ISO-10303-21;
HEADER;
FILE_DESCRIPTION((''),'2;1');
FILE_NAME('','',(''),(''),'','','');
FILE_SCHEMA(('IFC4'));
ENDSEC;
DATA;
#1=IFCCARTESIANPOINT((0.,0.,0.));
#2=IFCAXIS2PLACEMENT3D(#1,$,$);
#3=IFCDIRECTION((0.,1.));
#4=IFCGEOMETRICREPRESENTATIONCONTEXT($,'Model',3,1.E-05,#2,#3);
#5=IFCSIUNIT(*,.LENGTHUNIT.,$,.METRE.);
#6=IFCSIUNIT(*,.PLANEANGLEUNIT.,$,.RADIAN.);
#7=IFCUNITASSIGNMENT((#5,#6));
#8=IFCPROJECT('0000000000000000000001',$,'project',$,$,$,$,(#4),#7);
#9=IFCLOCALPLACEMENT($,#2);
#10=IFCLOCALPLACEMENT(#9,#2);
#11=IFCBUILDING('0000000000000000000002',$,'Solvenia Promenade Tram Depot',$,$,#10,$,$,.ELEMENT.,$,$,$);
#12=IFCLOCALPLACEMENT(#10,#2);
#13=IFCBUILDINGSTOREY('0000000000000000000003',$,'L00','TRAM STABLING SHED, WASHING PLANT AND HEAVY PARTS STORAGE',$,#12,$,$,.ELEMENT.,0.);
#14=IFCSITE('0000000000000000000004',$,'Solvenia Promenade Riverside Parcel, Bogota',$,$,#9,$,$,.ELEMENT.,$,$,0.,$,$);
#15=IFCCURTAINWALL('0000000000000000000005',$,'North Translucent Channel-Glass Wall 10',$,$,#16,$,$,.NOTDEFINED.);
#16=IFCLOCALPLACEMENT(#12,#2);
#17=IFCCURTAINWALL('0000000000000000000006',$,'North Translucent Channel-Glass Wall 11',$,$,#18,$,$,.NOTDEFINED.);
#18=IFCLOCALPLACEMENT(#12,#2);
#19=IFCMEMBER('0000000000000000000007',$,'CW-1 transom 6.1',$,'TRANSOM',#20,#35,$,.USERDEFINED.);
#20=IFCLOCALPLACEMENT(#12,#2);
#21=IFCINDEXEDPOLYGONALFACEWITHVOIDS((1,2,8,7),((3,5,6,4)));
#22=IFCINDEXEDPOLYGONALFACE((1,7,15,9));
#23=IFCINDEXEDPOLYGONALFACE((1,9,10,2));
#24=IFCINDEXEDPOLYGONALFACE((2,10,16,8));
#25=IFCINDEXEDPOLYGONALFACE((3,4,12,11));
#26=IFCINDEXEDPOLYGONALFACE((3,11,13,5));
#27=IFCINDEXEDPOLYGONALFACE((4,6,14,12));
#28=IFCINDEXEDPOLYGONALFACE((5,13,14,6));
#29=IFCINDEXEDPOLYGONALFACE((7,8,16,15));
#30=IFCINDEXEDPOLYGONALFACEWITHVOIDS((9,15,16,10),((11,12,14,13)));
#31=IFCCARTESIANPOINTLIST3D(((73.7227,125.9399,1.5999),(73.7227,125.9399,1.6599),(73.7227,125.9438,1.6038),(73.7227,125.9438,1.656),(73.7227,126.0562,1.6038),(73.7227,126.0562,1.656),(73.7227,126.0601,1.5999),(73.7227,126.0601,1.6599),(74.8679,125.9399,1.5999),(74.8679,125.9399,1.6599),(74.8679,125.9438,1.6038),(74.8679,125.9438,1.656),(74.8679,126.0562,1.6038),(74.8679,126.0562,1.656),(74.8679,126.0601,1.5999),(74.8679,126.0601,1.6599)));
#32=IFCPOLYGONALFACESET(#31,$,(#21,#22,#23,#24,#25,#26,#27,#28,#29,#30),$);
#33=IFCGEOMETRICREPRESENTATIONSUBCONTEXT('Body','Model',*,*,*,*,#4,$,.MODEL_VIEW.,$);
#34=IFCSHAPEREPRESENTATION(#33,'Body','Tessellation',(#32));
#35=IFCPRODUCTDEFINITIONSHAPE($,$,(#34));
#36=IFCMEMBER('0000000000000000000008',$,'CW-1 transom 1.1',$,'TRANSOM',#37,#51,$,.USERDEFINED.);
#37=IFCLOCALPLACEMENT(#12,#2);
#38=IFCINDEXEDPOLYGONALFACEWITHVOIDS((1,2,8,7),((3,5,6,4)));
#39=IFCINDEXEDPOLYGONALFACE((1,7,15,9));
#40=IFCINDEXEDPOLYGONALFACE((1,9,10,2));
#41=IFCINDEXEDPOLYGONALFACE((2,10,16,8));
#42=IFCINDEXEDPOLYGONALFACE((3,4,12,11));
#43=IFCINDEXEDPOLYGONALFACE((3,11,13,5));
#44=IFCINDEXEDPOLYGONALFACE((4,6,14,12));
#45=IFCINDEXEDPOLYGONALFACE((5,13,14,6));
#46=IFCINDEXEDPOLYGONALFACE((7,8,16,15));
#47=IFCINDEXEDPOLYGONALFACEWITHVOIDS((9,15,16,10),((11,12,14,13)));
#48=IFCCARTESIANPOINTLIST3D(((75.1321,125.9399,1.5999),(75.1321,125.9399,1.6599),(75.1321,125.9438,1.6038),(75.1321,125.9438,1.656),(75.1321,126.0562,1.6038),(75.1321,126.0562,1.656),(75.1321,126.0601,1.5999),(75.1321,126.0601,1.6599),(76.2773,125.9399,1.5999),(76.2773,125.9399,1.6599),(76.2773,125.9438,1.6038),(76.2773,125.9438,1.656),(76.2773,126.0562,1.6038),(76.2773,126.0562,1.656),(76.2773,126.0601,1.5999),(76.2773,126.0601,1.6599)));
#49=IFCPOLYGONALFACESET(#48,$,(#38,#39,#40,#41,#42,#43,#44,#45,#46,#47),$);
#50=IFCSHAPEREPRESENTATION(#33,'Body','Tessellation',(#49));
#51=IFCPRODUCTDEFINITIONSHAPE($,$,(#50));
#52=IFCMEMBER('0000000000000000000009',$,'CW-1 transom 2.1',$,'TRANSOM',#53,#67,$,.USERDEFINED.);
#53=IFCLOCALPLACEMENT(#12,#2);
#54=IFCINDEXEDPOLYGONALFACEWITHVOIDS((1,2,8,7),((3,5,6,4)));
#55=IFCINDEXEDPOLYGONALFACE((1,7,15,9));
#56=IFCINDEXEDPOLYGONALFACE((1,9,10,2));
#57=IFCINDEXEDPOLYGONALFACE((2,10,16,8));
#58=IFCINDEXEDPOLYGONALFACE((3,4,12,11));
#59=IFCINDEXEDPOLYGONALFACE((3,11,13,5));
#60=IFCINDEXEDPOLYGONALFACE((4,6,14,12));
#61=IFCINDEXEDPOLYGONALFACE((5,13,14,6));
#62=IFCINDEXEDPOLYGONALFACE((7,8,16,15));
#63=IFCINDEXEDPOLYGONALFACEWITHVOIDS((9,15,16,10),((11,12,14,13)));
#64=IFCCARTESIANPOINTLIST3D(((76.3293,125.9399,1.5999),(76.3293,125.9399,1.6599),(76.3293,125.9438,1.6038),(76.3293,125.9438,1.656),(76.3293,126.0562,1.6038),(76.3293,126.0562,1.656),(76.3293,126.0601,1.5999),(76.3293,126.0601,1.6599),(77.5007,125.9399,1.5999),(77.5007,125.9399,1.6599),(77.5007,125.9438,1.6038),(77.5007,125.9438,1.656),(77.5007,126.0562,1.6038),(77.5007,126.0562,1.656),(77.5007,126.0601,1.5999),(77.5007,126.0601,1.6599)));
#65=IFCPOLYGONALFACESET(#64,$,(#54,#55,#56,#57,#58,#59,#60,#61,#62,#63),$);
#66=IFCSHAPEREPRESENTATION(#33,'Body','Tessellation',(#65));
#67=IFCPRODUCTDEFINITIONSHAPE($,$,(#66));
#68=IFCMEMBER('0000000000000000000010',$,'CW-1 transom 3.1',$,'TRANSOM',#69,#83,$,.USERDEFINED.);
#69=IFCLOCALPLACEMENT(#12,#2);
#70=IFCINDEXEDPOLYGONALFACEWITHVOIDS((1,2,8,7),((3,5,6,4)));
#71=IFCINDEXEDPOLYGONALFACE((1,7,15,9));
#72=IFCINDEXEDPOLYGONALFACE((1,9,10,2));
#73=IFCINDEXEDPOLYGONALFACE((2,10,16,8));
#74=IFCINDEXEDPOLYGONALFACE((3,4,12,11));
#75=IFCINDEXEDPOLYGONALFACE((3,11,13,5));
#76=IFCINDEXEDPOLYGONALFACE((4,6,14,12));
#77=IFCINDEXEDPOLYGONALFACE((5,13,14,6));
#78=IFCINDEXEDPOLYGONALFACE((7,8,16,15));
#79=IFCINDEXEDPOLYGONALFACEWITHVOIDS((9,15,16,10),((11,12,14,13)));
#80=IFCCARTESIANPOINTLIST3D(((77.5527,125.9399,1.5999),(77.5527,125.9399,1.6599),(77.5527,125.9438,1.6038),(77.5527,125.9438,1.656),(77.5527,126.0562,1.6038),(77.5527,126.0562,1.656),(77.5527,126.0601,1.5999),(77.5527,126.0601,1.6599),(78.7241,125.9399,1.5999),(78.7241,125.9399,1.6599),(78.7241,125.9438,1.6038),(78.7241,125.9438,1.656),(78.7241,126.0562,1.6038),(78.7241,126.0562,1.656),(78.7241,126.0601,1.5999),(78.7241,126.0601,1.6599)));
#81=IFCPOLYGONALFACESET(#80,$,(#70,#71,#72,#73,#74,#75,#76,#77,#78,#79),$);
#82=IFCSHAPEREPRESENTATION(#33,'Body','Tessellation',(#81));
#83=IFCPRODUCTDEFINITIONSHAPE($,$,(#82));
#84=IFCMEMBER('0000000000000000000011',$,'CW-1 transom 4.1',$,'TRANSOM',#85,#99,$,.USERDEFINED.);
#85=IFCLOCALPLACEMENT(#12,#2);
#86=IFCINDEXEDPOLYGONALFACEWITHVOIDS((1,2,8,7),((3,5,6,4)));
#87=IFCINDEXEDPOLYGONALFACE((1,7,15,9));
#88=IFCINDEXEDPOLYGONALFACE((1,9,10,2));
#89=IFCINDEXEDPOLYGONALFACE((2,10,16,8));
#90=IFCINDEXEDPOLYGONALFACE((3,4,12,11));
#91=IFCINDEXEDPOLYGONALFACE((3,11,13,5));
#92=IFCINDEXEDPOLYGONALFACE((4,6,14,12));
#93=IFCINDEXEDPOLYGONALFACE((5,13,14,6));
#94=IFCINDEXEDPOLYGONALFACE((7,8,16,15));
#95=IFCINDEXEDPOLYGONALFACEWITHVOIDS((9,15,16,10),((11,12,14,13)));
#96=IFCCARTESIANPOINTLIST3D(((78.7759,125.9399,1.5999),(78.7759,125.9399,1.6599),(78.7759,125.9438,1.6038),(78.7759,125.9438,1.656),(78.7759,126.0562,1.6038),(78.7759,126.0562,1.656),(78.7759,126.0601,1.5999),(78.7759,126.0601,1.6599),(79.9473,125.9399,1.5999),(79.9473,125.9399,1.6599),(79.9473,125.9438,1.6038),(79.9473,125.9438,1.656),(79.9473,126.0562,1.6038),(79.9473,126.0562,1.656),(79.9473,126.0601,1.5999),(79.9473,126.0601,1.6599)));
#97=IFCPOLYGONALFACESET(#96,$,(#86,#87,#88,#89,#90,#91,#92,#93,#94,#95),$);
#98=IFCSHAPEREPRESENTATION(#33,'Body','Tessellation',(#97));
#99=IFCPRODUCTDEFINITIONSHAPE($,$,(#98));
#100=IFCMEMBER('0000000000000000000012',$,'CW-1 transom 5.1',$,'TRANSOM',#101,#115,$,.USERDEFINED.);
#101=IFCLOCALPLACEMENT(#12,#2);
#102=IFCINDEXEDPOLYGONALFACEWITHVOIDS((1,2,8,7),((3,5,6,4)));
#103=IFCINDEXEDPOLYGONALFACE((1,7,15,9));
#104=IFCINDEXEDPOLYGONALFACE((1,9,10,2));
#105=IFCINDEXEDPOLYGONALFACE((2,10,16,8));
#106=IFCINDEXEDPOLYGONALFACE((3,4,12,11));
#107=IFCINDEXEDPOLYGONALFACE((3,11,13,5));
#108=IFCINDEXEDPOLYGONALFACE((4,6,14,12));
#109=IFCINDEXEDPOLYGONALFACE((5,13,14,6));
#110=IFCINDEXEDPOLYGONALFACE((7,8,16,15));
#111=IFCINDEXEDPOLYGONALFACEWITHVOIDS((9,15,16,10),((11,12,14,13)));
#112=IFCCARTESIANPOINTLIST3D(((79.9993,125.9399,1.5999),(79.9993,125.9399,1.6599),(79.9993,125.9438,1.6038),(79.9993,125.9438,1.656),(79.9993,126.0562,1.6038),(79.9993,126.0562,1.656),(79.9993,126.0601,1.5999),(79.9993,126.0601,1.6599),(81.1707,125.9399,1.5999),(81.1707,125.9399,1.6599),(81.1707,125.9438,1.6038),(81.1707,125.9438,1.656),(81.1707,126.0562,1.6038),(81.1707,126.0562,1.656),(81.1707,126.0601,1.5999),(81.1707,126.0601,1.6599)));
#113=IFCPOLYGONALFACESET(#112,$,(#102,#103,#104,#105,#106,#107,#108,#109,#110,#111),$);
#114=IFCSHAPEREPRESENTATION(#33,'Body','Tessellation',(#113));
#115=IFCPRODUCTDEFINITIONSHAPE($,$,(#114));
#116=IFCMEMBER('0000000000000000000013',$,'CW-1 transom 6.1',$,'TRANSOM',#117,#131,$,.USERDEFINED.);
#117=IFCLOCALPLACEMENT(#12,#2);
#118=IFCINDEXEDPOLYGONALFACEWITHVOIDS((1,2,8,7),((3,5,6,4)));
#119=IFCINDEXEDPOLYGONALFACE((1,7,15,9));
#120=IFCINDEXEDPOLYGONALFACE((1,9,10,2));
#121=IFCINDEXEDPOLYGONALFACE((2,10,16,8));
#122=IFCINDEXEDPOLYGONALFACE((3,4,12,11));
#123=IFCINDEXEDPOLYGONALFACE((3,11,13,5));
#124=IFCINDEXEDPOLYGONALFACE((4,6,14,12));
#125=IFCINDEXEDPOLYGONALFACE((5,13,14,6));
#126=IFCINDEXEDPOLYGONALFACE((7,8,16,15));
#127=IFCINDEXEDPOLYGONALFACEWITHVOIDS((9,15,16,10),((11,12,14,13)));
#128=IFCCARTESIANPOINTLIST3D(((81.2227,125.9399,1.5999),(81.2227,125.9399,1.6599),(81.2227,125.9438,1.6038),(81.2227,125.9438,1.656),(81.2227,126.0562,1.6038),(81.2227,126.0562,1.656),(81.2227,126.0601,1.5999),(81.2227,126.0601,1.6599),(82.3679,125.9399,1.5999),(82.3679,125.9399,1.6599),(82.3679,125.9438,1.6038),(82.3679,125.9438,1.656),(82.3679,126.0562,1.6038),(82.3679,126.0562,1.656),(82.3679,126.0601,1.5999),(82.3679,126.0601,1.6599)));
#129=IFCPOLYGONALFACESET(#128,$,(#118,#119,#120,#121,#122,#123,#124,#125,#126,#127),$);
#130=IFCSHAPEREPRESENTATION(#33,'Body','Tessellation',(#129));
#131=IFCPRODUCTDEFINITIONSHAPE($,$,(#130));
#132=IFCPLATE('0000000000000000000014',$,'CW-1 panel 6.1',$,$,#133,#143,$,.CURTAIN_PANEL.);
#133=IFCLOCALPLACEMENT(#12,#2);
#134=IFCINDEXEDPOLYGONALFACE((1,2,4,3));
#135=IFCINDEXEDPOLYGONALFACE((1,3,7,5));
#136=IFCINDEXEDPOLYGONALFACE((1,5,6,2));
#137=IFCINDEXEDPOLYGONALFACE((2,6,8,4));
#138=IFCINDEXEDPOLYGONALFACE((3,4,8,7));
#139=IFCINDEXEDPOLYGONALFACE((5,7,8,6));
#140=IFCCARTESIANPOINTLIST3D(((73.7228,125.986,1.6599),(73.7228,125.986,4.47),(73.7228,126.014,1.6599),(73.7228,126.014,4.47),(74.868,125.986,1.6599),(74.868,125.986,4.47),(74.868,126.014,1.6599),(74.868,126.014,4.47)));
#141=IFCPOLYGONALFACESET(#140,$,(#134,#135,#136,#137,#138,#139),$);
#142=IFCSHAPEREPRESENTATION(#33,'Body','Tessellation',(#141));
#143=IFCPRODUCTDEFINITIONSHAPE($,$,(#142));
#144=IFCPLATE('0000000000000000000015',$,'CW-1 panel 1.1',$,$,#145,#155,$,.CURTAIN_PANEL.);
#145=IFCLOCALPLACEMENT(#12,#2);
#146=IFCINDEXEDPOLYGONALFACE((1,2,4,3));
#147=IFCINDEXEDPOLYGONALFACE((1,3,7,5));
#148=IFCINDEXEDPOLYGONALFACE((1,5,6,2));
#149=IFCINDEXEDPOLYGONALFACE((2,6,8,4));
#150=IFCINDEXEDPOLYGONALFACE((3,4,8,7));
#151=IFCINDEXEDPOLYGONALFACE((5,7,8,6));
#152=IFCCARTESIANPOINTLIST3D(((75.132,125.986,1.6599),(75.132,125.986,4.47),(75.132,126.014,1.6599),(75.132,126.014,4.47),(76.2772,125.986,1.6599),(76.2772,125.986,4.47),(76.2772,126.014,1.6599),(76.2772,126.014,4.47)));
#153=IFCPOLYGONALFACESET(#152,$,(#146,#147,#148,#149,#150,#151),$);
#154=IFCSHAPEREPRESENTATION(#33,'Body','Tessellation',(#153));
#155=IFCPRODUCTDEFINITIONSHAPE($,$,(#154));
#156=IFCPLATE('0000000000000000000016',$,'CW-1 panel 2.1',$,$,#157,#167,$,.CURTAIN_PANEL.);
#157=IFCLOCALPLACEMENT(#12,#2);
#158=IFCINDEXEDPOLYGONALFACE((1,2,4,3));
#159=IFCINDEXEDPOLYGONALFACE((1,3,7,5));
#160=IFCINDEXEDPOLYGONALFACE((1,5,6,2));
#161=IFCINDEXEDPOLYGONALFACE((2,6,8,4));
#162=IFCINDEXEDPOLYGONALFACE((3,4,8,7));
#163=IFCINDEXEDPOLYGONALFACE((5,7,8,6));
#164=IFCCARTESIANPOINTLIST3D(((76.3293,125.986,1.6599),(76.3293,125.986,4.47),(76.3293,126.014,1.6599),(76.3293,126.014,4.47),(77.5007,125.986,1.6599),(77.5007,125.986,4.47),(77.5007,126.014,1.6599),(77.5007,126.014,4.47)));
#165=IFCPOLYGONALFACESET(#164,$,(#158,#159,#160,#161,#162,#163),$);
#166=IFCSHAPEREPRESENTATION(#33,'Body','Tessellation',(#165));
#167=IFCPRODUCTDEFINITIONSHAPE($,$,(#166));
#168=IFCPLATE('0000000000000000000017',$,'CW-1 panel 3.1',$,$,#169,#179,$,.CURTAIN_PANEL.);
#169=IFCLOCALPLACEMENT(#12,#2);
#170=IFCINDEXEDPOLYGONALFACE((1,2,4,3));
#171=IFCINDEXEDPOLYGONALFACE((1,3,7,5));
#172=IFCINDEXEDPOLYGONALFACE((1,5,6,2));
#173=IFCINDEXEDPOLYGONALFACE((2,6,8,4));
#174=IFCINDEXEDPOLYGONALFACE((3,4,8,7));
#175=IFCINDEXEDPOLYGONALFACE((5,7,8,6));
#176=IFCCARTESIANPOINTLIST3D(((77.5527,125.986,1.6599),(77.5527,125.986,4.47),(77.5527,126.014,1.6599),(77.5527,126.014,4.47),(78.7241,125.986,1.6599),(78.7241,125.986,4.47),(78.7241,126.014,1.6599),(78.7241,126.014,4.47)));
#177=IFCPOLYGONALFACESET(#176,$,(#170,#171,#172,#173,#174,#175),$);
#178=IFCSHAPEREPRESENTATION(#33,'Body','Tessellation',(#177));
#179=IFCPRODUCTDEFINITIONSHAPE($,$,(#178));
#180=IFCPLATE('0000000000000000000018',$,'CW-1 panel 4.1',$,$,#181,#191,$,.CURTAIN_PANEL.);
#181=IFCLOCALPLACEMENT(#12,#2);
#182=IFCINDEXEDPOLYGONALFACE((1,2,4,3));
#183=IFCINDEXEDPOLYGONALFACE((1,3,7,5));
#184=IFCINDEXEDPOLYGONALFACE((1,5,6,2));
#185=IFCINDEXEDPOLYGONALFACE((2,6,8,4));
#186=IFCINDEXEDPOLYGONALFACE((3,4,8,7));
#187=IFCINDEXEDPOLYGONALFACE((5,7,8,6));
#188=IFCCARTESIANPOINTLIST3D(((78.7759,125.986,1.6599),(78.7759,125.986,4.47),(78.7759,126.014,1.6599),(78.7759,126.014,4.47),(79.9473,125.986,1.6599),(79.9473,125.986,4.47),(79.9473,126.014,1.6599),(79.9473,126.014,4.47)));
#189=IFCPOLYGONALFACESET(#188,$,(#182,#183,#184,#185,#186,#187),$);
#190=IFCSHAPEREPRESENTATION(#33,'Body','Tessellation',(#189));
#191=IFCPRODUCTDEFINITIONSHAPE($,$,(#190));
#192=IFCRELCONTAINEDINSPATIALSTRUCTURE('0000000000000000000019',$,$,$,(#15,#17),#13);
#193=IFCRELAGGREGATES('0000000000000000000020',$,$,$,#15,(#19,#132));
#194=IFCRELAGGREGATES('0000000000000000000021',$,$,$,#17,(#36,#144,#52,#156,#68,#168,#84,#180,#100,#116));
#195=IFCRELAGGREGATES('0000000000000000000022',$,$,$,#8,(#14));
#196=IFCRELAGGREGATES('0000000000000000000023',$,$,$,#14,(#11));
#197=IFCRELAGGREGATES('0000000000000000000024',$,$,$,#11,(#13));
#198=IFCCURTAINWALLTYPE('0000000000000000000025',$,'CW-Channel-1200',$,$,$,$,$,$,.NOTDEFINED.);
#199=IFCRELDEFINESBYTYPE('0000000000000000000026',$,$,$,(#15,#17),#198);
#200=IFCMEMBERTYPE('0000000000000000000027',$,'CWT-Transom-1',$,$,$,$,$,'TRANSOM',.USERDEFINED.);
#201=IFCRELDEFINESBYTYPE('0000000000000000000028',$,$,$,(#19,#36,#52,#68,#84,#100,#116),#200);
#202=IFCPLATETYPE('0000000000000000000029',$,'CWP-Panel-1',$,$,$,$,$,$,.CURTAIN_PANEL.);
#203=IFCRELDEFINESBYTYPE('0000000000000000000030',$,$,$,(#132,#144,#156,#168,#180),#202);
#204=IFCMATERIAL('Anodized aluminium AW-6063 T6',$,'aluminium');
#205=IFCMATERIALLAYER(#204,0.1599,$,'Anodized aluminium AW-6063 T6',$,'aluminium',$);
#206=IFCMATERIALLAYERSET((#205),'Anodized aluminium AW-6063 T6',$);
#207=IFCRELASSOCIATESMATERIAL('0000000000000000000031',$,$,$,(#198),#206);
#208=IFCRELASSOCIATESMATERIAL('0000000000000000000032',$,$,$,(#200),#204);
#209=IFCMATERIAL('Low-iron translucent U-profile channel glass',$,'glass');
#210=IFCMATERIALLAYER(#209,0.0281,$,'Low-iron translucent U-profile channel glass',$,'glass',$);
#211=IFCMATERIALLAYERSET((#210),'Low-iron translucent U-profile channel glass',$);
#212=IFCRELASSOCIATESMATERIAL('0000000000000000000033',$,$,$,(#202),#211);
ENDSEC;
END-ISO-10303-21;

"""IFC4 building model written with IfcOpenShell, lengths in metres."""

from ifc_helpers import new_model, si_unit, direction, frame, origin, origin_2d, place, context, subcontext, project, spatial, rectangle, hollow_rectangle, extrude, material, layer, layer_set, material_profile, profile_set, type_object, element, aggregate, save


model = new_model("IFC4")

# Units and contexts
model_context = context("Model", 3, precision=1e-05, world=origin(), true_north=direction((0.0, 1.0)))
body_context = subcontext(model_context, "Body", "Model", "MODEL_VIEW")
ifc_project = project(units=[si_unit("LENGTHUNIT", "METRE"), si_unit("PLANEANGLEUNIT", "RADIAN")], contexts=[model_context])

# Site, building, storey
site_placement = place(None, origin())
site = spatial("IfcSite", under=ifc_project, at=site_placement, Name="Solvenia Promenade Riverside Parcel, Bogota", CompositionType="ELEMENT", RefElevation=0.0)
building_placement = place(site_placement, origin())
building = spatial("IfcBuilding", under=site, at=building_placement, Name="Solvenia Promenade Tram Depot", CompositionType="ELEMENT")
storey_placement = place(building_placement, origin())
storey = spatial("IfcBuildingStorey", under=building, at=storey_placement, Name="L00", Description="TRAM STABLING SHED, WASHING PLANT AND HEAVY PARTS STORAGE", CompositionType="ELEMENT", Elevation=0.0)

# Curtain walls
ifc_material_1 = material(Name="Anodized aluminium AW-6063 T6", Category="aluminium")
ifc_layer_1 = layer(ifc_material_1, 0.1599, Name="Anodized aluminium AW-6063 T6", Category="aluminium")
ifc_layer_set_1 = layer_set([ifc_layer_1], Name="Anodized aluminium AW-6063 T6")
curtain_wall_type = type_object("IfcCurtainWallType", Name="CW-Channel-1200", PredefinedType="NOTDEFINED", material=ifc_layer_set_1)
curtain_wall_1_placement = place(storey_placement, origin())
curtain_wall_1 = element("IfcCurtainWall", 1, at=curtain_wall_1_placement, inside=storey, type_object=curtain_wall_type, Name="North Translucent Channel-Glass Wall 10", PredefinedType="NOTDEFINED")
curtain_wall_2_placement = place(storey_placement, origin())
curtain_wall_2 = element("IfcCurtainWall", 2, at=curtain_wall_2_placement, inside=storey, type_object=curtain_wall_type, Name="North Translucent Channel-Glass Wall 11", PredefinedType="NOTDEFINED")

# Members
ifc_material_profile_1 = material_profile(ifc_material_1, hollow_rectangle(XDim=0.1201, YDim=0.0601, WallThickness=0.0039, at=origin_2d()), Name="ALU-T1", Category="aluminium")
ifc_profile_set_1 = profile_set([ifc_material_profile_1], Name="Anodized aluminium AW-6063 T6")
member_type_1 = type_object("IfcMemberType", Name="CWT-Transom-1", ElementType="TRANSOM", PredefinedType="USERDEFINED", material=ifc_profile_set_1)
member_1_placement = place(storey_placement, frame((73.7227, 126.0, 1.6299), z_axis=(1.0, 0.0, 0.0), x_axis=(0.0, 1.0, 0.0)))
member_1 = element("IfcMember", 3, at=member_1_placement, type_object=member_type_1, Name="CW-1 transom 6.1", ObjectType="TRANSOM", PredefinedType="USERDEFINED", context=body_context, shape_type="SweptSolid", body=[
    extrude(hollow_rectangle(XDim=0.1201, YDim=0.0601, WallThickness=0.0039, at=origin_2d()), origin(), (0.0, 0.0, 1.0), 1.1453),
])
member_2_placement = place(storey_placement, frame((75.1321, 126.0, 1.6299), z_axis=(1.0, 0.0, 0.0), x_axis=(0.0, 1.0, 0.0)))
member_2 = element("IfcMember", 4, at=member_2_placement, type_object=member_type_1, Name="CW-1 transom 1.1", ObjectType="TRANSOM", PredefinedType="USERDEFINED", context=body_context, shape_type="SweptSolid", body=[
    extrude(hollow_rectangle(XDim=0.1201, YDim=0.0601, WallThickness=0.0039, at=origin_2d()), origin(), (0.0, 0.0, 1.0), 1.1453),
])
member_3_placement = place(storey_placement, frame((76.3293, 126.0, 1.6299), z_axis=(1.0, 0.0, 0.0), x_axis=(0.0, 1.0, 0.0)))
member_3 = element("IfcMember", 5, at=member_3_placement, type_object=member_type_1, Name="CW-1 transom 2.1", ObjectType="TRANSOM", PredefinedType="USERDEFINED", context=body_context, shape_type="SweptSolid", body=[
    extrude(hollow_rectangle(XDim=0.1201, YDim=0.0601, WallThickness=0.0039, at=origin_2d()), origin(), (0.0, 0.0, 1.0), 1.1714),
])
member_4_placement = place(storey_placement, frame((77.5527, 126.0, 1.6299), z_axis=(1.0, 0.0, 0.0), x_axis=(0.0, 1.0, 0.0)))
member_4 = element("IfcMember", 6, at=member_4_placement, type_object=member_type_1, Name="CW-1 transom 3.1", ObjectType="TRANSOM", PredefinedType="USERDEFINED", context=body_context, shape_type="SweptSolid", body=[
    extrude(hollow_rectangle(XDim=0.1201, YDim=0.0601, WallThickness=0.0039, at=origin_2d()), origin(), (0.0, 0.0, 1.0), 1.1714),
])
member_5_placement = place(storey_placement, frame((78.7759, 126.0, 1.6299), z_axis=(1.0, 0.0, 0.0), x_axis=(0.0, 1.0, 0.0)))
member_5 = element("IfcMember", 7, at=member_5_placement, type_object=member_type_1, Name="CW-1 transom 4.1", ObjectType="TRANSOM", PredefinedType="USERDEFINED", context=body_context, shape_type="SweptSolid", body=[
    extrude(hollow_rectangle(XDim=0.1201, YDim=0.0601, WallThickness=0.0039, at=origin_2d()), origin(), (0.0, 0.0, 1.0), 1.1714),
])
member_6_placement = place(storey_placement, frame((79.9993, 126.0, 1.6299), z_axis=(1.0, 0.0, 0.0), x_axis=(0.0, 1.0, 0.0)))
member_6 = element("IfcMember", 8, at=member_6_placement, type_object=member_type_1, Name="CW-1 transom 5.1", ObjectType="TRANSOM", PredefinedType="USERDEFINED", context=body_context, shape_type="SweptSolid", body=[
    extrude(hollow_rectangle(XDim=0.1201, YDim=0.0601, WallThickness=0.0039, at=origin_2d()), origin(), (0.0, 0.0, 1.0), 1.1714),
])
member_7_placement = place(storey_placement, frame((81.2227, 126.0, 1.6299), z_axis=(1.0, 0.0, 0.0), x_axis=(0.0, 1.0, 0.0)))
member_7 = element("IfcMember", 9, at=member_7_placement, type_object=member_type_1, Name="CW-1 transom 6.1", ObjectType="TRANSOM", PredefinedType="USERDEFINED", context=body_context, shape_type="SweptSolid", body=[
    extrude(hollow_rectangle(XDim=0.1201, YDim=0.0601, WallThickness=0.0039, at=origin_2d()), origin(), (0.0, 0.0, 1.0), 1.1453),
])

# Plates
ifc_material_2 = material(Name="Low-iron translucent U-profile channel glass", Category="glass")
ifc_layer_2 = layer(ifc_material_2, 0.0281, Name="Low-iron translucent U-profile channel glass", Category="glass")
ifc_layer_set_2 = layer_set([ifc_layer_2], Name="Low-iron translucent U-profile channel glass")
plate_type = type_object("IfcPlateType", Name="CWP-Panel-1", PredefinedType="CURTAIN_PANEL", material=ifc_layer_set_2)
plate_1_placement = place(storey_placement, frame((74.2954, 126.0, 1.6599), z_axis=(0.0, 0.0, 1.0), x_axis=(1.0, 0.0, 0.0)))
plate_1 = element("IfcPlate", 10, at=plate_1_placement, type_object=plate_type, Name="CW-1 panel 6.1", PredefinedType="CURTAIN_PANEL", context=body_context, shape_type="SweptSolid", body=[
    extrude(rectangle(XDim=1.1453, YDim=0.0281, at=origin_2d()), origin(), (0.0, 0.0, 1.0), 2.8101),
])
aggregate(curtain_wall_1, [member_1, plate_1])
plate_2_placement = place(storey_placement, frame((75.7046, 126.0, 1.6599), z_axis=(0.0, 0.0, 1.0), x_axis=(1.0, 0.0, 0.0)))
plate_2 = element("IfcPlate", 11, at=plate_2_placement, type_object=plate_type, Name="CW-1 panel 1.1", PredefinedType="CURTAIN_PANEL", context=body_context, shape_type="SweptSolid", body=[
    extrude(rectangle(XDim=1.1453, YDim=0.0281, at=origin_2d()), origin(), (0.0, 0.0, 1.0), 2.8101),
])
plate_3_placement = place(storey_placement, frame((76.915, 126.0, 1.6599), z_axis=(0.0, 0.0, 1.0), x_axis=(1.0, 0.0, 0.0)))
plate_3 = element("IfcPlate", 12, at=plate_3_placement, type_object=plate_type, Name="CW-1 panel 2.1", PredefinedType="CURTAIN_PANEL", context=body_context, shape_type="SweptSolid", body=[
    extrude(rectangle(XDim=1.1714, YDim=0.0281, at=origin_2d()), origin(), (0.0, 0.0, 1.0), 2.8101),
])
plate_4_placement = place(storey_placement, frame((78.1384, 126.0, 1.6599), z_axis=(0.0, 0.0, 1.0), x_axis=(1.0, 0.0, 0.0)))
plate_4 = element("IfcPlate", 13, at=plate_4_placement, type_object=plate_type, Name="CW-1 panel 3.1", PredefinedType="CURTAIN_PANEL", context=body_context, shape_type="SweptSolid", body=[
    extrude(rectangle(XDim=1.1714, YDim=0.0281, at=origin_2d()), origin(), (0.0, 0.0, 1.0), 2.8101),
])
plate_5_placement = place(storey_placement, frame((79.3616, 126.0, 1.6599), z_axis=(0.0, 0.0, 1.0), x_axis=(1.0, 0.0, 0.0)))
plate_5 = element("IfcPlate", 14, at=plate_5_placement, type_object=plate_type, Name="CW-1 panel 4.1", PredefinedType="CURTAIN_PANEL", context=body_context, shape_type="SweptSolid", body=[
    extrude(rectangle(XDim=1.1714, YDim=0.0281, at=origin_2d()), origin(), (0.0, 0.0, 1.0), 2.8101),
])
aggregate(curtain_wall_2, [member_2, plate_2, member_3, plate_3, member_4, plate_4, member_5, plate_5, member_6, member_7])

save(model, "model.ifc")
